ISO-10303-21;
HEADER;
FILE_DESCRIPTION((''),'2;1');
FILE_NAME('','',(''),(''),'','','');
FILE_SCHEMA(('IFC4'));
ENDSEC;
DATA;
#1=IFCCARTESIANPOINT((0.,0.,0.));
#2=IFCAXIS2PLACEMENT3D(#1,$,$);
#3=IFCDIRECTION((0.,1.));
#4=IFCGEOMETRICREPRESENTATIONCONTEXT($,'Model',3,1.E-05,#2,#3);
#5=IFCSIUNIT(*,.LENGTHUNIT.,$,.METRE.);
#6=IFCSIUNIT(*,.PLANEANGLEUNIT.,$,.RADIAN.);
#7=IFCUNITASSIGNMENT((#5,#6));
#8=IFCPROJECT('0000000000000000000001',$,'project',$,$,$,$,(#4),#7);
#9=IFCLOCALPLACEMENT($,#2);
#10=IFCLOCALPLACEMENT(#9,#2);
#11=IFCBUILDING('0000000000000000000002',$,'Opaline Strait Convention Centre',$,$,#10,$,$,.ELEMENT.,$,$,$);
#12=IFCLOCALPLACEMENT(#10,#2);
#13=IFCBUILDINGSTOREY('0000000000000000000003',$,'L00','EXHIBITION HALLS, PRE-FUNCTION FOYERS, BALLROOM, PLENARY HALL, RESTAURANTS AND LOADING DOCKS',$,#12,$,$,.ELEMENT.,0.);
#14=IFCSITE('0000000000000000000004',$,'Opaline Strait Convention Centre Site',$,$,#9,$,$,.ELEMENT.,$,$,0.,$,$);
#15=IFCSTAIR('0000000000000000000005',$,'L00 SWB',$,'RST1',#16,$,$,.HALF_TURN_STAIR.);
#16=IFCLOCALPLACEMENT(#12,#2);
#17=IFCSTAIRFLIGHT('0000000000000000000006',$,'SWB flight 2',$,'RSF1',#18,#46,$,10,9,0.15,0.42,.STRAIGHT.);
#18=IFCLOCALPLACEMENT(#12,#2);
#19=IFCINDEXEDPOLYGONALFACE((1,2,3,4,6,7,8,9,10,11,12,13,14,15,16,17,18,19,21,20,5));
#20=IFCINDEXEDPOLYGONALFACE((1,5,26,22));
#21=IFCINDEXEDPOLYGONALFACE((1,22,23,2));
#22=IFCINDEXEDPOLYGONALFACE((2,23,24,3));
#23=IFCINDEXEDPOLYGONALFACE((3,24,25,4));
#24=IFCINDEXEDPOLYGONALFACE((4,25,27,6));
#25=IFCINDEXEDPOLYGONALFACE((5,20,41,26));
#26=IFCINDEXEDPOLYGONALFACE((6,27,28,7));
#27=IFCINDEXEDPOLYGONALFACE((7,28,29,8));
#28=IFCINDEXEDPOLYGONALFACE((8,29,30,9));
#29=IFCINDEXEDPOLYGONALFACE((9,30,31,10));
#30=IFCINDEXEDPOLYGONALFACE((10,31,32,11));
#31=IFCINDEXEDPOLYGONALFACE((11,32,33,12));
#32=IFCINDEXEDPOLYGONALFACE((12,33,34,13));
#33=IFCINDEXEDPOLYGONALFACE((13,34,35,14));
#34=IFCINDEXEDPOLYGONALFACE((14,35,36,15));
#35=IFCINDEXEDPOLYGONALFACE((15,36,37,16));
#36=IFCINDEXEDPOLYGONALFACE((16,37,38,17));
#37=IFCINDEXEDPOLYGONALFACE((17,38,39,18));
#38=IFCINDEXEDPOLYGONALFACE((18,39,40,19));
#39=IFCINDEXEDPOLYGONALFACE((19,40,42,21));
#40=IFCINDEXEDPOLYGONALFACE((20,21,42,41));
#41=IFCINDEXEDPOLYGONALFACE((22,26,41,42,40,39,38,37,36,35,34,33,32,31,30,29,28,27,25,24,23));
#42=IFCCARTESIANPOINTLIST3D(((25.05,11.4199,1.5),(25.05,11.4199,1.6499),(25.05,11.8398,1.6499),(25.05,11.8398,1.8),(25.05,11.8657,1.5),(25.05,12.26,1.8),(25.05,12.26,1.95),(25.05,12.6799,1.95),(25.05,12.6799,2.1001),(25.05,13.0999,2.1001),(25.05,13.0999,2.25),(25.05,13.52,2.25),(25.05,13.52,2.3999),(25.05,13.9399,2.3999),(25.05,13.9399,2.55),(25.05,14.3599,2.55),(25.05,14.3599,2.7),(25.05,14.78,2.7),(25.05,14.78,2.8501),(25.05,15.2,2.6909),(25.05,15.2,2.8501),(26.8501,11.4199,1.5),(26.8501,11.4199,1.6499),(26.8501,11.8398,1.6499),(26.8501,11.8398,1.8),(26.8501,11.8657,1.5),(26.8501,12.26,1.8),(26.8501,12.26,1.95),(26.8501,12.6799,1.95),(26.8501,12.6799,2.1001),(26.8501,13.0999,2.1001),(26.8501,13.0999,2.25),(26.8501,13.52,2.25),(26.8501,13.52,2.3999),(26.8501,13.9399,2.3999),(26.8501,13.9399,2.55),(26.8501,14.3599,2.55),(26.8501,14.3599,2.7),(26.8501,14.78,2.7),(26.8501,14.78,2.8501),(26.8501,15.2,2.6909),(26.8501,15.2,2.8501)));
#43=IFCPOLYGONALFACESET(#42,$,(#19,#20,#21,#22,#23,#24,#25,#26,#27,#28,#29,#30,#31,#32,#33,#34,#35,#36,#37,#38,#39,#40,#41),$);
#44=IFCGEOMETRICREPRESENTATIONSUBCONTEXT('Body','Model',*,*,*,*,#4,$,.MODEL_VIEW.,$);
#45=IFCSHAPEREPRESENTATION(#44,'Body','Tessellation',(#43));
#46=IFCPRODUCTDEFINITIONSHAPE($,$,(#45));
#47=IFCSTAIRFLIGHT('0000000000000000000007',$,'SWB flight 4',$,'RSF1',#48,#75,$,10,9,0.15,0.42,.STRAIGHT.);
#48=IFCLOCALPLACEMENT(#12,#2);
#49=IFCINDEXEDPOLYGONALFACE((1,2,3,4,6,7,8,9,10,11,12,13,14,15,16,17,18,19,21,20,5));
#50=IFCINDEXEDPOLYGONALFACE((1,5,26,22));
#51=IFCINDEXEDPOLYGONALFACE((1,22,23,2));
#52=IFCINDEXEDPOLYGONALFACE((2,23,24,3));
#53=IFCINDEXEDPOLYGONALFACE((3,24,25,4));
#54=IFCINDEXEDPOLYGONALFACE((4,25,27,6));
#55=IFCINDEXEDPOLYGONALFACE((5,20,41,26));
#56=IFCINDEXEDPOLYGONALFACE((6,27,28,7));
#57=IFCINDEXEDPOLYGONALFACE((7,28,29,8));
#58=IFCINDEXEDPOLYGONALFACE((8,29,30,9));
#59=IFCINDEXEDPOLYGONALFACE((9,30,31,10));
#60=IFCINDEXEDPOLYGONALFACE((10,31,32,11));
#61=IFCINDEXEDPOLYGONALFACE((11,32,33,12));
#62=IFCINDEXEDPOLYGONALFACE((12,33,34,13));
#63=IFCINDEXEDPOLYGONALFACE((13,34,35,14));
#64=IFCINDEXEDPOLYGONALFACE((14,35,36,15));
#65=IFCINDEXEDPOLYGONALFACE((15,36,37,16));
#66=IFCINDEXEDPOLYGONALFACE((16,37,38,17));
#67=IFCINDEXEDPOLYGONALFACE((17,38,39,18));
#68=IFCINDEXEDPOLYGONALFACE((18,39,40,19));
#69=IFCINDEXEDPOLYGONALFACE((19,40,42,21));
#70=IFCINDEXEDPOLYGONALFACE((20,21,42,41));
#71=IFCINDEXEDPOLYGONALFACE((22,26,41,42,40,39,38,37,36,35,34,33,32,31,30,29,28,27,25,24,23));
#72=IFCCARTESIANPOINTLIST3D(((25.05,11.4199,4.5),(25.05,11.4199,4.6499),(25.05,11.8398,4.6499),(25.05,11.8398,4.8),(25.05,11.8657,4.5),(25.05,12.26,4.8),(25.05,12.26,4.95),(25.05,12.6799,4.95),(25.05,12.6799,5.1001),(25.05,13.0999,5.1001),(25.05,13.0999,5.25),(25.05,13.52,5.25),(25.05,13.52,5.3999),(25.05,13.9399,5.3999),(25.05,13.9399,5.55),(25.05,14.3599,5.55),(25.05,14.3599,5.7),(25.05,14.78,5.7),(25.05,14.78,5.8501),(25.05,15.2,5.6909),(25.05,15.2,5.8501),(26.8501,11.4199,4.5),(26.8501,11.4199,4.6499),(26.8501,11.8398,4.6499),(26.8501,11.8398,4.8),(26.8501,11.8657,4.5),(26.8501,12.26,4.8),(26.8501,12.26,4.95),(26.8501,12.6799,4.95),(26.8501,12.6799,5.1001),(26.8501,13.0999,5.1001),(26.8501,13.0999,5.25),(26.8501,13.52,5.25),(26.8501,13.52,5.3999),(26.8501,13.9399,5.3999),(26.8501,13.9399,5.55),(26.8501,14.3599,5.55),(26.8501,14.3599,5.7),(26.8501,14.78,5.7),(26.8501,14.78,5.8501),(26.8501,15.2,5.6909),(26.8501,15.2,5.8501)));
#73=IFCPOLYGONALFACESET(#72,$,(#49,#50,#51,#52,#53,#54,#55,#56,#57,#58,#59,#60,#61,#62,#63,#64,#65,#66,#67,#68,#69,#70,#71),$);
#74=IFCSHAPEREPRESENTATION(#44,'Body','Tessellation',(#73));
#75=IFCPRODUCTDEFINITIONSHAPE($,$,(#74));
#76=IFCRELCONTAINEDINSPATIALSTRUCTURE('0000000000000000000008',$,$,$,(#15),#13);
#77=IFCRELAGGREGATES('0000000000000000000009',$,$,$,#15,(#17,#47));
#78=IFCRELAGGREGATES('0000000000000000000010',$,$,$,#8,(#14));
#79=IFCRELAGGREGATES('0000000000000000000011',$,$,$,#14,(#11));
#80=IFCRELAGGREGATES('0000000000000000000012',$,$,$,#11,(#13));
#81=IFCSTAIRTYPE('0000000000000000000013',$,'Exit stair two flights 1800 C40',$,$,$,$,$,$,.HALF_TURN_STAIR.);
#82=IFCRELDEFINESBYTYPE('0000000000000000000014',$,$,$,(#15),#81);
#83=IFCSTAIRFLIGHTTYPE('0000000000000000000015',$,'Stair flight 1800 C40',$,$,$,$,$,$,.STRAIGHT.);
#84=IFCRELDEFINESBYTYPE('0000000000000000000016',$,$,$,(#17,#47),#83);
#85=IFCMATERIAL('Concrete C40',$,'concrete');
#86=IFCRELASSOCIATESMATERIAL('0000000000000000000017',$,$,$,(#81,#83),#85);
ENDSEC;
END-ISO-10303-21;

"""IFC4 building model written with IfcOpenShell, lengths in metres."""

from ifc_helpers import new_model, si_unit, direction, frame, origin, place, context, subcontext, project, spatial, polyline, outline, extrude, material, type_object, element, aggregate, save


model = new_model("IFC4")

# Units and contexts
model_context = context("Model", 3, precision=1e-05, world=origin(), true_north=direction((0.0, 1.0)))
body_context = subcontext(model_context, "Body", "Model", "MODEL_VIEW")
ifc_project = project(units=[si_unit("LENGTHUNIT", "METRE"), si_unit("PLANEANGLEUNIT", "RADIAN")], contexts=[model_context])

# Site, building, storey
site_placement = place(None, origin())
site = spatial("IfcSite", under=ifc_project, at=site_placement, Name="Opaline Strait Convention Centre Site", CompositionType="ELEMENT", RefElevation=0.0)
building_placement = place(site_placement, origin())
building = spatial("IfcBuilding", under=site, at=building_placement, Name="Opaline Strait Convention Centre", CompositionType="ELEMENT")
storey_placement = place(building_placement, origin())
storey = spatial("IfcBuildingStorey", under=building, at=storey_placement, Name="L00", Description="EXHIBITION HALLS, PRE-FUNCTION FOYERS, BALLROOM, PLENARY HALL, RESTAURANTS AND LOADING DOCKS", CompositionType="ELEMENT", Elevation=0.0)

# Shared definitions
ifc_material_1 = material(Name="Concrete C40", Category="concrete")

# Stair, stair flights
stair_type = type_object("IfcStairType", Name="Exit stair two flights 1800 C40", PredefinedType="HALF_TURN_STAIR", material=ifc_material_1)
stair_placement = place(storey_placement, origin())
stair = element("IfcStair", 1, at=stair_placement, inside=storey, type_object=stair_type, Name="L00 SWB", ObjectType="RST1", PredefinedType="HALF_TURN_STAIR")
stair_flight_type = type_object("IfcStairFlightType", Name="Stair flight 1800 C40", PredefinedType="STRAIGHT", material=ifc_material_1)
stair_flight_1_placement = place(storey_placement, frame((25.95, 11.4199, 1.5), z_axis=(0.0, 0.0, 1.0), x_axis=(0.0, 1.0, 0.0)))
stair_flight_1 = element("IfcStairFlight", 2, at=stair_flight_1_placement, type_object=stair_flight_type, Name="SWB flight 2", ObjectType="RSF1", NumberOfRisers=10, NumberOfTreads=9, PredefinedType="STRAIGHT", RiserHeight=0.15, TreadLength=0.42, context=body_context, shape_type="SweptSolid", body=[
    extrude(outline(polyline([(0.0, 0.0), (0.0, 0.1499), (0.4199, 0.1499), (0.4199, 0.3), (0.8401, 0.3), (0.8401, 0.45), (1.26, 0.45), (1.26, 0.6001), (1.6799, 0.6001), (1.6799, 0.75), (2.1001, 0.75), (2.1001, 0.8999), (2.52, 0.8999), (2.52, 1.05), (2.9399, 1.05), (2.9399, 1.2), (3.3601, 1.2), (3.3601, 1.3501), (3.78, 1.3501), (3.78, 1.5), (3.78, 1.1909), (0.4458, 0.0), (0.0, 0.0)])), frame((0.0, 0.8999, 0.0), z_axis=(0.0, -1.0, 0.0), x_axis=(1.0, 0.0, 0.0)), (0.0, 0.0, 1.0), 1.8),
])
stair_flight_2_placement = place(storey_placement, frame((25.95, 11.4199, 4.5), z_axis=(0.0, 0.0, 1.0), x_axis=(0.0, 1.0, 0.0)))
stair_flight_2 = element("IfcStairFlight", 3, at=stair_flight_2_placement, type_object=stair_flight_type, Name="SWB flight 4", ObjectType="RSF1", NumberOfRisers=10, NumberOfTreads=9, PredefinedType="STRAIGHT", RiserHeight=0.15, TreadLength=0.42, context=body_context, shape_type="SweptSolid", body=[
    extrude(outline(polyline([(0.0, 0.0), (0.0, 0.1499), (0.4199, 0.1499), (0.4199, 0.3), (0.8401, 0.3), (0.8401, 0.45), (1.26, 0.45), (1.26, 0.6001), (1.6799, 0.6001), (1.6799, 0.75), (2.1001, 0.75), (2.1001, 0.8999), (2.52, 0.8999), (2.52, 1.05), (2.9399, 1.05), (2.9399, 1.2), (3.3601, 1.2), (3.3601, 1.3501), (3.78, 1.3501), (3.78, 1.5), (3.78, 1.1909), (0.4458, 0.0), (0.0, 0.0)])), frame((0.0, 0.8999, 0.0), z_axis=(0.0, -1.0, 0.0), x_axis=(1.0, 0.0, 0.0)), (0.0, 0.0, 1.0), 1.8),
])
aggregate(stair, [stair_flight_1, stair_flight_2])

save(model, "model.ifc")
